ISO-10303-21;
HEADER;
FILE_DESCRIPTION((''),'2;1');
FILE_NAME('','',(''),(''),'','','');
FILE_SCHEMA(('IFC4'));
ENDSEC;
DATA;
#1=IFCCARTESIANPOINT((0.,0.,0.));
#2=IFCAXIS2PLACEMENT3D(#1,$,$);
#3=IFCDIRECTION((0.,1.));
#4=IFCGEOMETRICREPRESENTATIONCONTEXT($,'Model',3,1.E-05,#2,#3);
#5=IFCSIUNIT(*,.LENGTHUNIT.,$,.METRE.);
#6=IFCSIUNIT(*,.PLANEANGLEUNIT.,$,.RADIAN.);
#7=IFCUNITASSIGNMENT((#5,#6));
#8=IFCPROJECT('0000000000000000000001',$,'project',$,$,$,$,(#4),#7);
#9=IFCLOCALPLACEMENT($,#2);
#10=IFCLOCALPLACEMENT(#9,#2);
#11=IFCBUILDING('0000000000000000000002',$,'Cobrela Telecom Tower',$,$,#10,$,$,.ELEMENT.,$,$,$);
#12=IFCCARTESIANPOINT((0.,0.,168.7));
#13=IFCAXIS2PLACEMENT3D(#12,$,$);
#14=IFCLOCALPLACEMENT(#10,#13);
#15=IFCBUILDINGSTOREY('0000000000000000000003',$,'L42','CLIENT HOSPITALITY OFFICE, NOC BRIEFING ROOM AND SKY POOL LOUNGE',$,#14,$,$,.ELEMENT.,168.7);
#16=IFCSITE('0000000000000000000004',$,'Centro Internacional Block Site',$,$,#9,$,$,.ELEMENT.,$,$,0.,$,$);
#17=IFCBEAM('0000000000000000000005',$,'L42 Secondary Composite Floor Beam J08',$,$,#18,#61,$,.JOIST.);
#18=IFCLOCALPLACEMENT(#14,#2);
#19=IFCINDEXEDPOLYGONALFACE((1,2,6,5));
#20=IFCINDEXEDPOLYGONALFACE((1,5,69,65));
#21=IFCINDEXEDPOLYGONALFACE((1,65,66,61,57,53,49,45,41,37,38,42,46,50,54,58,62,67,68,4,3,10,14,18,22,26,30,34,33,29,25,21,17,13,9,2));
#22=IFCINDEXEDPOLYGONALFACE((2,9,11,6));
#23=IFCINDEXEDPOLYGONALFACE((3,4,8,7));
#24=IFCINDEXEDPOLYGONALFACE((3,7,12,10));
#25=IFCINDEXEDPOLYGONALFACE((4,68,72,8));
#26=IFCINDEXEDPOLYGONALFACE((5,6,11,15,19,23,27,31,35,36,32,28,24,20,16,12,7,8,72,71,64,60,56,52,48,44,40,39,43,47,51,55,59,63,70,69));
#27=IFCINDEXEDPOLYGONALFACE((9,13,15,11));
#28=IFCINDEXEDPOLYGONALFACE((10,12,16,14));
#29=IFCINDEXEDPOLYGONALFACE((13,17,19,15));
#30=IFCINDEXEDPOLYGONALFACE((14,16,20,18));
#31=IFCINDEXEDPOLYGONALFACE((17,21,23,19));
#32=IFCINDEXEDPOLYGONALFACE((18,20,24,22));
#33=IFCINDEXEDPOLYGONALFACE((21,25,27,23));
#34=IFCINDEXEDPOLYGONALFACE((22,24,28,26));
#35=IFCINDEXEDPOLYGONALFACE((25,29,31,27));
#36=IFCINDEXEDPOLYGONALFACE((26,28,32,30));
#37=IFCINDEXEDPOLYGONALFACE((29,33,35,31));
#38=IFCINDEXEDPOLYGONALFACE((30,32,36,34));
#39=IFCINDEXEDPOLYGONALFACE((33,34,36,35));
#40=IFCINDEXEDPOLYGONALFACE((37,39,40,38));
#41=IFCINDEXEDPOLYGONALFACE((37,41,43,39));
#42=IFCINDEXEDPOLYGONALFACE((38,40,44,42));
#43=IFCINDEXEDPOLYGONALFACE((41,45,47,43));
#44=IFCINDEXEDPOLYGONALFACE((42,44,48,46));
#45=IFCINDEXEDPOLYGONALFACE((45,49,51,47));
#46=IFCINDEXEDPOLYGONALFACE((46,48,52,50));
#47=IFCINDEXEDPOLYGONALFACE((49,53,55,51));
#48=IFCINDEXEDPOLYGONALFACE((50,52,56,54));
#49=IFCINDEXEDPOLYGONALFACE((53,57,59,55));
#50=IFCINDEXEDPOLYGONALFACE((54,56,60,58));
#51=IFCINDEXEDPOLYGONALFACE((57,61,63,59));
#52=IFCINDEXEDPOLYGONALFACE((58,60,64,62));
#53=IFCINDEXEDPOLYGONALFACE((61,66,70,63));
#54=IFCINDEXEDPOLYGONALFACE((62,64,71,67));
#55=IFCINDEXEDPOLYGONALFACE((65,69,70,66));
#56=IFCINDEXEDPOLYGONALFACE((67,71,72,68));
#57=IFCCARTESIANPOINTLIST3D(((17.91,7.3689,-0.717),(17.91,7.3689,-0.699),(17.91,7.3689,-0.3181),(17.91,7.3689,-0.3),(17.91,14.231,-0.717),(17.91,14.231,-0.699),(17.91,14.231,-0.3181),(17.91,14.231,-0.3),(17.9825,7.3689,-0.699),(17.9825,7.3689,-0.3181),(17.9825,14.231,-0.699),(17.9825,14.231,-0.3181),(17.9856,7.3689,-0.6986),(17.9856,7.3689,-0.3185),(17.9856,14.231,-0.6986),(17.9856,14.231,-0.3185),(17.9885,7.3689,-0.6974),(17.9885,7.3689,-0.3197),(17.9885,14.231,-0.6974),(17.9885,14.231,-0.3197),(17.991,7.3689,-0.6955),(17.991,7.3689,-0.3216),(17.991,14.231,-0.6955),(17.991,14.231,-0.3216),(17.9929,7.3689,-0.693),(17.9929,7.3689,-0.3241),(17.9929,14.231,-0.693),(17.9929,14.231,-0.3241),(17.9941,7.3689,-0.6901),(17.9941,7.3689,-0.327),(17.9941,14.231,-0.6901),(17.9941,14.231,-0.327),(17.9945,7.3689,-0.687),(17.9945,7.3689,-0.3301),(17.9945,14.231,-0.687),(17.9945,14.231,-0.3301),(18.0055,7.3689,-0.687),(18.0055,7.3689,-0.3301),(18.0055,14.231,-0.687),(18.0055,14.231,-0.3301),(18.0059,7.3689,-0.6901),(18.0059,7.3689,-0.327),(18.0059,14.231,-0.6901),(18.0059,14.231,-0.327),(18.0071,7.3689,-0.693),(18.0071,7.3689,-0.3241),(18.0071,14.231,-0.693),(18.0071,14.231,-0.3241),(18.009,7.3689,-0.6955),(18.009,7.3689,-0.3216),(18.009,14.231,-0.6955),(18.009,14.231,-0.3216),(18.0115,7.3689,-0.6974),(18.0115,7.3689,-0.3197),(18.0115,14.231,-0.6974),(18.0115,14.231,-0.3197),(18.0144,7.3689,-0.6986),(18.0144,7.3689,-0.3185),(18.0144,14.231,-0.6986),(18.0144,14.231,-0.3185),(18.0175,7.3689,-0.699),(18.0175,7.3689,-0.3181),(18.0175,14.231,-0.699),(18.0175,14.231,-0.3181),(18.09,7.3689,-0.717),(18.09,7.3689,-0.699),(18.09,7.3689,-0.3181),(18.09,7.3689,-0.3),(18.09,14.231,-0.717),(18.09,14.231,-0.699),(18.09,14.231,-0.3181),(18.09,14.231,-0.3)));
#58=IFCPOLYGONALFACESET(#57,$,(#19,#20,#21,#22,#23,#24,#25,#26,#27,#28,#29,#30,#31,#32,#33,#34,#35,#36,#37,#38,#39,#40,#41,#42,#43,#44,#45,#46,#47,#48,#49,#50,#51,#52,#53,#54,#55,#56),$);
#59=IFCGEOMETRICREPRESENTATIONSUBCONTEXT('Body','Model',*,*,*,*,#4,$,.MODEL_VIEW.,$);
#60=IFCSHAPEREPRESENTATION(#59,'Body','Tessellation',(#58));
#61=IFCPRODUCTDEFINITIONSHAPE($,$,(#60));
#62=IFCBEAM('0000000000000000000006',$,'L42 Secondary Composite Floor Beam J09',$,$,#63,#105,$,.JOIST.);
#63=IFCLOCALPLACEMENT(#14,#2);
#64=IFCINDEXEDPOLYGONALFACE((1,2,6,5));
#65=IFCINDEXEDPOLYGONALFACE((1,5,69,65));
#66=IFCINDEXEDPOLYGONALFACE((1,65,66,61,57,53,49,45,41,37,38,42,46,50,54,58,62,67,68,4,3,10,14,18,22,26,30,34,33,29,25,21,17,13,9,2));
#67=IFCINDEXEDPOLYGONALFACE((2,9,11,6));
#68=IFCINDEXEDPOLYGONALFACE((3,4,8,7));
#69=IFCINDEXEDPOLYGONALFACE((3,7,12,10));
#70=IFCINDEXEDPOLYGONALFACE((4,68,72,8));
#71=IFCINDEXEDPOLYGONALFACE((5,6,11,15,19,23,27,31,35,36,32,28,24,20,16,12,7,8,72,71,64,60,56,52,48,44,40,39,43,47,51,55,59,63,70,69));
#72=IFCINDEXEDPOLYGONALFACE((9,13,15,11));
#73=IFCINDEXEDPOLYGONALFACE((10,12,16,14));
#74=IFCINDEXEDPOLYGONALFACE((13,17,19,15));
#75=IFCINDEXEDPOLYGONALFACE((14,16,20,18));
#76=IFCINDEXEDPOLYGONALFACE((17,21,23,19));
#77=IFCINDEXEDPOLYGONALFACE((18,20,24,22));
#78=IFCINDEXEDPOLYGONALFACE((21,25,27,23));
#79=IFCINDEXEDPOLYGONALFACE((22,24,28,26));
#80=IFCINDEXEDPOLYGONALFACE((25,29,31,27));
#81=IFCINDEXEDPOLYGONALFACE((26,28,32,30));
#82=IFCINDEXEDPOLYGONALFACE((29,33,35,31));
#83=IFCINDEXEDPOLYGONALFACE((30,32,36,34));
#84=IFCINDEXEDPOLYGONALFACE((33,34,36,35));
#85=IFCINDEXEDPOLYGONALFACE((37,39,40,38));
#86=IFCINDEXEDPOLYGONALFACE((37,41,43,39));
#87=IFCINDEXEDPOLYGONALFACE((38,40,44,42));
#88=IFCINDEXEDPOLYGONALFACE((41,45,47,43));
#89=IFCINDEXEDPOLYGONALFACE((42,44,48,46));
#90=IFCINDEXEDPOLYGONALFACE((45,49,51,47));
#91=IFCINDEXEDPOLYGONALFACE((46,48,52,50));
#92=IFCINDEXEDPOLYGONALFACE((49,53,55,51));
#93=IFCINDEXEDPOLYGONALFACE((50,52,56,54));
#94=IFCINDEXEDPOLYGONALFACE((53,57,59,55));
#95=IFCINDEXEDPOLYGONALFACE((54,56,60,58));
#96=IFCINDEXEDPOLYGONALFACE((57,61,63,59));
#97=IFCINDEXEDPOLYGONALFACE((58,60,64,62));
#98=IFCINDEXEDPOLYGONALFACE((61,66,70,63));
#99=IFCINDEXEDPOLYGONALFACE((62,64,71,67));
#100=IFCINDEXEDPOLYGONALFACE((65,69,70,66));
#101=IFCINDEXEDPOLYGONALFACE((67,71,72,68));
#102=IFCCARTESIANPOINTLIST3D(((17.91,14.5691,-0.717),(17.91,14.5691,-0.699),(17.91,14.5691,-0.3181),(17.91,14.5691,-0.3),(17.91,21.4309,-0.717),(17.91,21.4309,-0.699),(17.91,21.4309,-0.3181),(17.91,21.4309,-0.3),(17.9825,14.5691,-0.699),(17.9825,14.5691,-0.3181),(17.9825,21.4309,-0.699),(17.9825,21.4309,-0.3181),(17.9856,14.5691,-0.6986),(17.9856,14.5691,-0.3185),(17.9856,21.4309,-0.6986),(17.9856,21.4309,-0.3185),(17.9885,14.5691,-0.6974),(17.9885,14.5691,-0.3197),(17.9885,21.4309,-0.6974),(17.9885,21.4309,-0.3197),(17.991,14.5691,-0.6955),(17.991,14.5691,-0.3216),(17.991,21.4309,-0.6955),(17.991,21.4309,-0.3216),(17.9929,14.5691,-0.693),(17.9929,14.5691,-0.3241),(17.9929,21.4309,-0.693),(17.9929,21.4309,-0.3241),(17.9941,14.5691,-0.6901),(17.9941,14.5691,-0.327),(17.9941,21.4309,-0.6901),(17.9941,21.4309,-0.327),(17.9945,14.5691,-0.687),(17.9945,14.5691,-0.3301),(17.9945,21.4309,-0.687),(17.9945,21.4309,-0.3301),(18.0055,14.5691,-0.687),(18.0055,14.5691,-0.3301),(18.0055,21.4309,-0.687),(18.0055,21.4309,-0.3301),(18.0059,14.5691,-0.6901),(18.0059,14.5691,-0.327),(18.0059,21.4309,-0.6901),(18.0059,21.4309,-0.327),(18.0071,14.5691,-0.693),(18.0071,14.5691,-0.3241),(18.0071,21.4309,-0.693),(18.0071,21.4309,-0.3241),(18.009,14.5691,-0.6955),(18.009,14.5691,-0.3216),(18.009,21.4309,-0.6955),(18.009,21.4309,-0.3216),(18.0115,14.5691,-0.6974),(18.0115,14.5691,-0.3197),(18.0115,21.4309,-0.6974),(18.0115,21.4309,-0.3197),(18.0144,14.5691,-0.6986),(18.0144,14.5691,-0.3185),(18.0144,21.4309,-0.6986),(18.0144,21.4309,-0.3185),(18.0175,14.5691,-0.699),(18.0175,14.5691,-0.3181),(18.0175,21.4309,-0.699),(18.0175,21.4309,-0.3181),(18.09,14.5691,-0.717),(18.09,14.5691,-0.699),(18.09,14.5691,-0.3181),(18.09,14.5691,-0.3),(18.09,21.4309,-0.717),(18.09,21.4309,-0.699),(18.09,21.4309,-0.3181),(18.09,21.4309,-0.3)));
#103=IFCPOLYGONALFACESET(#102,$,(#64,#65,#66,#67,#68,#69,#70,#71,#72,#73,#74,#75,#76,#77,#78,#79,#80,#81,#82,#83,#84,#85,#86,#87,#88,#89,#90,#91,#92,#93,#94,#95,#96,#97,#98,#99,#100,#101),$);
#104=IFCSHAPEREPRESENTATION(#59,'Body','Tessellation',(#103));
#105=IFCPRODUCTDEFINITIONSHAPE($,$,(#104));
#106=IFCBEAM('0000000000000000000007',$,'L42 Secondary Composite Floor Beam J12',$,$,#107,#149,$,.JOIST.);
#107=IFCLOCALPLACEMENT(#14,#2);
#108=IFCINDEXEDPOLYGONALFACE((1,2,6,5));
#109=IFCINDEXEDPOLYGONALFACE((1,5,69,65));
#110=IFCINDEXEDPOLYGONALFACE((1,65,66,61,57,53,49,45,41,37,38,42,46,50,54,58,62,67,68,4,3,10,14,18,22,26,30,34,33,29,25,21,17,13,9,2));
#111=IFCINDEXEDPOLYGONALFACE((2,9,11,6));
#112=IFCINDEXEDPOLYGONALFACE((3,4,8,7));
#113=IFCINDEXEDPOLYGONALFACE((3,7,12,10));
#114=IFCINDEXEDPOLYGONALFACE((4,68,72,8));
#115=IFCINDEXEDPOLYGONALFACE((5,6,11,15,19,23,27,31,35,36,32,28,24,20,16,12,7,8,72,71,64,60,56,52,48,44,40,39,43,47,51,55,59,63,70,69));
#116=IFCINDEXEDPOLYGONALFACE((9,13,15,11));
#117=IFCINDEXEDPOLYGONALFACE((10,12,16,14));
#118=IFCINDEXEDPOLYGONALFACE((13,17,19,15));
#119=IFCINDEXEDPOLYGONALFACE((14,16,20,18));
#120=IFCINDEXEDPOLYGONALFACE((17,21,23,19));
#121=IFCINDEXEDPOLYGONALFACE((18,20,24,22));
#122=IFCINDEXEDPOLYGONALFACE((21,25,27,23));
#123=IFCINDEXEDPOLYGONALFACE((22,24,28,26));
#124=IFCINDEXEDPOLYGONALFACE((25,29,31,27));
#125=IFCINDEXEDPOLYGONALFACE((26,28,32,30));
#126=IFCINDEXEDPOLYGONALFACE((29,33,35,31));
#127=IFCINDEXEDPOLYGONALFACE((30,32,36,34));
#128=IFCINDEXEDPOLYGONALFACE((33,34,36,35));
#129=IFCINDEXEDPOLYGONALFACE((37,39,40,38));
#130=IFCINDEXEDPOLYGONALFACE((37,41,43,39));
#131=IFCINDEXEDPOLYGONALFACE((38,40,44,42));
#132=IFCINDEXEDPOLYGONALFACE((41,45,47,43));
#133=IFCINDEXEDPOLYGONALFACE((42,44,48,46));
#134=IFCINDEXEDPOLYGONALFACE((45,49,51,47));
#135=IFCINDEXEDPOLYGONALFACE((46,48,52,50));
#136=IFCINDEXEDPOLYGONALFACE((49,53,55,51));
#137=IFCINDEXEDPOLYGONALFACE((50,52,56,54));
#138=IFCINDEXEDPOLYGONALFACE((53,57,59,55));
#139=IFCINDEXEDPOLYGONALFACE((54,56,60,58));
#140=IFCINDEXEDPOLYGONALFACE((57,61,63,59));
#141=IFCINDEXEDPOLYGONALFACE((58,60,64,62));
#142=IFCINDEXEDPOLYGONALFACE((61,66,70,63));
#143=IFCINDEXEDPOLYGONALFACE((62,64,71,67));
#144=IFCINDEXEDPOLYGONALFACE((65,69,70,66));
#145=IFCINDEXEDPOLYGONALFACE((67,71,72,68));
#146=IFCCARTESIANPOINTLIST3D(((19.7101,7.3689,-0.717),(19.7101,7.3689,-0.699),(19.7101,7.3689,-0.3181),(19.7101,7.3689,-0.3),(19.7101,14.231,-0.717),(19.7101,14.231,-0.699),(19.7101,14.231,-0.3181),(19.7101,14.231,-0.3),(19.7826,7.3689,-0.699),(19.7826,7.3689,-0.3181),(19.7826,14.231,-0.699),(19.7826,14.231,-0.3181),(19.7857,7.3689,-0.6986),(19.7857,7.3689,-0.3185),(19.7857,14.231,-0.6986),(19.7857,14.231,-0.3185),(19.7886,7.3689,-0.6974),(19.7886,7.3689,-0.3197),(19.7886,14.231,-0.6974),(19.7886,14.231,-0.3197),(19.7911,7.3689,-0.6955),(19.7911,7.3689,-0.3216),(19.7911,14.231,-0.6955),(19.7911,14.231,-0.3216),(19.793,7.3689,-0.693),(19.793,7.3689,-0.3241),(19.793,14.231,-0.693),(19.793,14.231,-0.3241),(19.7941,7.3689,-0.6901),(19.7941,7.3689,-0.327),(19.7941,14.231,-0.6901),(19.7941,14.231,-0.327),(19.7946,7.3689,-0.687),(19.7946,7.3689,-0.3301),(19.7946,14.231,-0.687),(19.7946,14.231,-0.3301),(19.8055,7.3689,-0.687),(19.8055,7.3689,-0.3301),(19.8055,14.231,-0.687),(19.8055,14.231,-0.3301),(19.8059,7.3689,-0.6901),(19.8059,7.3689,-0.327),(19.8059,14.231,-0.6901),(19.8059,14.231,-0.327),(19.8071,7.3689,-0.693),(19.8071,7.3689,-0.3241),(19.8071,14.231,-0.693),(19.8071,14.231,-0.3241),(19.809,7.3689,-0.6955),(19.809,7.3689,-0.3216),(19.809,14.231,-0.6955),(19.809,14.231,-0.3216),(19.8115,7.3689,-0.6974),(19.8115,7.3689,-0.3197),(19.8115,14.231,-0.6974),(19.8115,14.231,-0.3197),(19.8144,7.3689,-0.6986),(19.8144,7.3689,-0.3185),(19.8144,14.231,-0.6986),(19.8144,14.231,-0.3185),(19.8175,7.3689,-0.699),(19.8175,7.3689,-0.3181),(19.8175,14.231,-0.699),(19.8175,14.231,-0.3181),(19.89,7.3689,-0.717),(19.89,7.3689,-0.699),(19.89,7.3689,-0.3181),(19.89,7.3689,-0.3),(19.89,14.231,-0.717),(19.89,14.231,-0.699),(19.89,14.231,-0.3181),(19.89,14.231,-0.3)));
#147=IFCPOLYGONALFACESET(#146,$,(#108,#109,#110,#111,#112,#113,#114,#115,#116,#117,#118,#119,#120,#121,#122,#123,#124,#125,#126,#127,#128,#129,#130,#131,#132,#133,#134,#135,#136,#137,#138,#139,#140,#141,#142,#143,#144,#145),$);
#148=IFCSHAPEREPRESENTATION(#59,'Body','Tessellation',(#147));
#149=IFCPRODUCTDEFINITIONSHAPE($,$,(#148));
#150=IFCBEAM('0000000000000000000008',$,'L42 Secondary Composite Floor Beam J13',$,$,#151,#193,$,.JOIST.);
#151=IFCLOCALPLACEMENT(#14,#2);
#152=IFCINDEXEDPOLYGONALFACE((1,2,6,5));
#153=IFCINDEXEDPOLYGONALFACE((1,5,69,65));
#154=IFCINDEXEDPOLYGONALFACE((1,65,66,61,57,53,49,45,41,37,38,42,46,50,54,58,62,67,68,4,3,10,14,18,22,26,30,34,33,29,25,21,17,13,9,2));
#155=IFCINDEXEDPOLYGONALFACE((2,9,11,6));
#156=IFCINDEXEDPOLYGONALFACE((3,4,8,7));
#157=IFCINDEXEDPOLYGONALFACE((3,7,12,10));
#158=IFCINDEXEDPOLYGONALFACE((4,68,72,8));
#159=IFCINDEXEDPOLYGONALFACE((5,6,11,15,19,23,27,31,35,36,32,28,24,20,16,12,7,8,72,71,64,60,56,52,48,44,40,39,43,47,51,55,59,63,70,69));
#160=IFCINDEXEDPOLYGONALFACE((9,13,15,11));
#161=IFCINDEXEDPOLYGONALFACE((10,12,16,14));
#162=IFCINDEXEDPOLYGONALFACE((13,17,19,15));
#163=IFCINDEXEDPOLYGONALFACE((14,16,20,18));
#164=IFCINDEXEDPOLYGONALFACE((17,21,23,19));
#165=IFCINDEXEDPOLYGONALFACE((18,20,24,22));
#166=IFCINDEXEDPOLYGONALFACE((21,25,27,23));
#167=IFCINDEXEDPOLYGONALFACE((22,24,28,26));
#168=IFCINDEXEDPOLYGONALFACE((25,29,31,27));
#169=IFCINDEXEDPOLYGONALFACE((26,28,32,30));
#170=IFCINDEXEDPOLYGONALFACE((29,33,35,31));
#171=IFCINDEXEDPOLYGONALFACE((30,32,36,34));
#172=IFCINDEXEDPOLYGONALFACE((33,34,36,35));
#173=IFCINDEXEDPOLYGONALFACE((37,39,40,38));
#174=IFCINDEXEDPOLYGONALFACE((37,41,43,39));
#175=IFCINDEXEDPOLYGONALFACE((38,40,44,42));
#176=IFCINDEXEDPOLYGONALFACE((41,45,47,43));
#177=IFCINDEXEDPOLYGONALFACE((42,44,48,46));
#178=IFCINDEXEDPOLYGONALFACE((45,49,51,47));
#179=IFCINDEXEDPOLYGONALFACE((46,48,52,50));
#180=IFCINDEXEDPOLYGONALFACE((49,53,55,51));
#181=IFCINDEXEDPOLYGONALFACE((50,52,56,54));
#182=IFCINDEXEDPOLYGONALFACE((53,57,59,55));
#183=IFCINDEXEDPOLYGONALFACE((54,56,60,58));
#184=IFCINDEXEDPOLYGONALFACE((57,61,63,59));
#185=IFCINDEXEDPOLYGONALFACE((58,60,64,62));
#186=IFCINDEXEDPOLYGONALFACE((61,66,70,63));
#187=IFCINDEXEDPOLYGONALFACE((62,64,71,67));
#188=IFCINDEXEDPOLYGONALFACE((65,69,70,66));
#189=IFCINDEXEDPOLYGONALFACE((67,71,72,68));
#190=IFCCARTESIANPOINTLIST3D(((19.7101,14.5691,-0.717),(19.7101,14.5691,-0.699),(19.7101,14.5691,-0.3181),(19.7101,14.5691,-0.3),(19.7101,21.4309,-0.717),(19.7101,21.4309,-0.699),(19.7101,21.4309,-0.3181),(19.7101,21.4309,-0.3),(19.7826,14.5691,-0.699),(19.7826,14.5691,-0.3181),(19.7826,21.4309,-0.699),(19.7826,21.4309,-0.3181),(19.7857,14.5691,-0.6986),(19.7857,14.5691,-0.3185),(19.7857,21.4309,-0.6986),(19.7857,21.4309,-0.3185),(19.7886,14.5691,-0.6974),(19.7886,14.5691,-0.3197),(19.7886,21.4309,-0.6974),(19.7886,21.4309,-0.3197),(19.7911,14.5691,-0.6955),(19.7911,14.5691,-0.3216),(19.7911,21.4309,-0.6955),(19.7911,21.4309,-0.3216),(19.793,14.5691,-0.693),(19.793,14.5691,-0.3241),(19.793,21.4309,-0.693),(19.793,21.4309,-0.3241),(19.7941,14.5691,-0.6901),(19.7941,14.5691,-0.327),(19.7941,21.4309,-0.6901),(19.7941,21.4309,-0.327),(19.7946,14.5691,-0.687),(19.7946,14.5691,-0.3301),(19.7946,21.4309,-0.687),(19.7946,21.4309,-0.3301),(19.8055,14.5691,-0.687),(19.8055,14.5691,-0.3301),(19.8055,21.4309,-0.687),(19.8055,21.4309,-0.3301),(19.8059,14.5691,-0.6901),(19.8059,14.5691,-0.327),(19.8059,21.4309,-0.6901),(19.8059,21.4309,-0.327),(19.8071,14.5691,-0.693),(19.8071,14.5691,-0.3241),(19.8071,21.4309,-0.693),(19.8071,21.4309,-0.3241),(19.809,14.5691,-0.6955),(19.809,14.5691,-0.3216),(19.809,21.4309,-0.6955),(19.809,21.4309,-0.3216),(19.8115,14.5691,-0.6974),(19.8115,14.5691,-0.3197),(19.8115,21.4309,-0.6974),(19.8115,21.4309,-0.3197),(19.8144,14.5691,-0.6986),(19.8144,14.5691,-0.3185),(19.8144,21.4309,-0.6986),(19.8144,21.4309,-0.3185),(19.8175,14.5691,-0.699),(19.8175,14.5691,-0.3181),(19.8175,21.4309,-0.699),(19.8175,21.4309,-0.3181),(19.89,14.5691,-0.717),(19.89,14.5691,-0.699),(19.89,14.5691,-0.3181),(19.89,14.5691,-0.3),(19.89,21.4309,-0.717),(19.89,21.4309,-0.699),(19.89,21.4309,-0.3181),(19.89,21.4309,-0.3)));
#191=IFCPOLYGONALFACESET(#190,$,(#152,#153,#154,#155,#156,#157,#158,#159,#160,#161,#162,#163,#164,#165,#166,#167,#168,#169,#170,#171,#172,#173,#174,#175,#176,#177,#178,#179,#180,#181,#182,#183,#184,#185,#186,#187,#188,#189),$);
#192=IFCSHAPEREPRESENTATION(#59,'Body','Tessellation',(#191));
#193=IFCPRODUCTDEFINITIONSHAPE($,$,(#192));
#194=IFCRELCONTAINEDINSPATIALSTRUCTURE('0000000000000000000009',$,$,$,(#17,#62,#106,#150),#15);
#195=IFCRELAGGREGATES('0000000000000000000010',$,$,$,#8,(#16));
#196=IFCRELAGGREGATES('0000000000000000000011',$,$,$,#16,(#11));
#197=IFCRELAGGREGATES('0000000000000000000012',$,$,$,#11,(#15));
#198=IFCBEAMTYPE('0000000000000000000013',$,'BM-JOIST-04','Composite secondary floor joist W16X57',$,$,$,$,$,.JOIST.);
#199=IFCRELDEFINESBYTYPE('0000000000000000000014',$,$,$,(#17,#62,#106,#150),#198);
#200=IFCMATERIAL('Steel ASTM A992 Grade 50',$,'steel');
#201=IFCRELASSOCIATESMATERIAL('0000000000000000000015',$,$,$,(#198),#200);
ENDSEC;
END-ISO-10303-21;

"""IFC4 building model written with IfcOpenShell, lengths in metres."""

from ifc_helpers import new_model, si_unit, direction, frame, origin, origin_2d, place, context, subcontext, project, spatial, i_section, extrude, material, material_profile, profile_set, type_object, element, save


model = new_model("IFC4")

# Units and contexts
model_context = context("Model", 3, precision=1e-05, world=origin(), true_north=direction((0.0, 1.0)))
body_context = subcontext(model_context, "Body", "Model", "MODEL_VIEW")
ifc_project = project(units=[si_unit("LENGTHUNIT", "METRE"), si_unit("PLANEANGLEUNIT", "RADIAN")], contexts=[model_context])

# Site, building, storey
site_placement = place(None, origin())
site = spatial("IfcSite", under=ifc_project, at=site_placement, Name="Centro Internacional Block Site", CompositionType="ELEMENT", RefElevation=0.0)
building_placement = place(site_placement, origin())
building = spatial("IfcBuilding", under=site, at=building_placement, Name="Cobrela Telecom Tower", CompositionType="ELEMENT")
storey_placement = place(building_placement, frame((0.0, 0.0, 168.7)))
storey = spatial("IfcBuildingStorey", under=building, at=storey_placement, Name="L42", Description="CLIENT HOSPITALITY OFFICE, NOC BRIEFING ROOM AND SKY POOL LOUNGE", CompositionType="ELEMENT", Elevation=168.7)

# Shared definitions
ifc_material_1 = material(Name="Steel ASTM A992 Grade 50", Category="steel")

# Beams
ifc_material_profile_1 = material_profile(ifc_material_1, i_section(OverallWidth=0.1799, OverallDepth=0.417, WebThickness=0.011, FlangeThickness=0.0181, FilletRadius=0.012, at=origin_2d()), Name="W16X57")
ifc_profile_set_1 = profile_set([ifc_material_profile_1], Name="Steel ASTM A992 Grade 50")
beam_type_1 = type_object("IfcBeamType", Name="BM-JOIST-04", Description="Composite secondary floor joist W16X57", PredefinedType="JOIST", material=ifc_profile_set_1)
beam_1_placement = place(storey_placement, frame((18.0, 7.3689, -0.5085), z_axis=(0.0, 1.0, 0.0), x_axis=(-1.0, 0.0, 0.0)))
element("IfcBeam", 1, at=beam_1_placement, inside=storey, type_object=beam_type_1, Name="L42 Secondary Composite Floor Beam J08", PredefinedType="JOIST", context=body_context, shape_type="SweptSolid", body=[
    extrude(i_section(OverallWidth=0.1799, OverallDepth=0.417, WebThickness=0.011, FlangeThickness=0.0181, FilletRadius=0.012, at=origin_2d()), origin(), (0.0, 0.0, 1.0), 6.8621),
])
beam_2_placement = place(storey_placement, frame((18.0, 14.5691, -0.5085), z_axis=(0.0, 1.0, 0.0), x_axis=(-1.0, 0.0, 0.0)))
element("IfcBeam", 2, at=beam_2_placement, inside=storey, type_object=beam_type_1, Name="L42 Secondary Composite Floor Beam J09", PredefinedType="JOIST", context=body_context, shape_type="SweptSolid", body=[
    extrude(i_section(OverallWidth=0.1799, OverallDepth=0.417, WebThickness=0.011, FlangeThickness=0.0181, FilletRadius=0.012, at=origin_2d()), origin(), (0.0, 0.0, 1.0), 6.8618),
])
beam_3_placement = place(storey_placement, frame((19.8, 7.3689, -0.5085), z_axis=(0.0, 1.0, 0.0), x_axis=(-1.0, 0.0, 0.0)))
element("IfcBeam", 3, at=beam_3_placement, inside=storey, type_object=beam_type_1, Name="L42 Secondary Composite Floor Beam J12", PredefinedType="JOIST", context=body_context, shape_type="SweptSolid", body=[
    extrude(i_section(OverallWidth=0.1799, OverallDepth=0.417, WebThickness=0.011, FlangeThickness=0.0181, FilletRadius=0.012, at=origin_2d()), origin(), (0.0, 0.0, 1.0), 6.8621),
])
beam_4_placement = place(storey_placement, frame((19.8, 14.5691, -0.5085), z_axis=(0.0, 1.0, 0.0), x_axis=(-1.0, 0.0, 0.0)))
element("IfcBeam", 4, at=beam_4_placement, inside=storey, type_object=beam_type_1, Name="L42 Secondary Composite Floor Beam J13", PredefinedType="JOIST", context=body_context, shape_type="SweptSolid", body=[
    extrude(i_section(OverallWidth=0.1799, OverallDepth=0.417, WebThickness=0.011, FlangeThickness=0.0181, FilletRadius=0.012, at=origin_2d()), origin(), (0.0, 0.0, 1.0), 6.8618),
])

save(model, "model.ifc")
